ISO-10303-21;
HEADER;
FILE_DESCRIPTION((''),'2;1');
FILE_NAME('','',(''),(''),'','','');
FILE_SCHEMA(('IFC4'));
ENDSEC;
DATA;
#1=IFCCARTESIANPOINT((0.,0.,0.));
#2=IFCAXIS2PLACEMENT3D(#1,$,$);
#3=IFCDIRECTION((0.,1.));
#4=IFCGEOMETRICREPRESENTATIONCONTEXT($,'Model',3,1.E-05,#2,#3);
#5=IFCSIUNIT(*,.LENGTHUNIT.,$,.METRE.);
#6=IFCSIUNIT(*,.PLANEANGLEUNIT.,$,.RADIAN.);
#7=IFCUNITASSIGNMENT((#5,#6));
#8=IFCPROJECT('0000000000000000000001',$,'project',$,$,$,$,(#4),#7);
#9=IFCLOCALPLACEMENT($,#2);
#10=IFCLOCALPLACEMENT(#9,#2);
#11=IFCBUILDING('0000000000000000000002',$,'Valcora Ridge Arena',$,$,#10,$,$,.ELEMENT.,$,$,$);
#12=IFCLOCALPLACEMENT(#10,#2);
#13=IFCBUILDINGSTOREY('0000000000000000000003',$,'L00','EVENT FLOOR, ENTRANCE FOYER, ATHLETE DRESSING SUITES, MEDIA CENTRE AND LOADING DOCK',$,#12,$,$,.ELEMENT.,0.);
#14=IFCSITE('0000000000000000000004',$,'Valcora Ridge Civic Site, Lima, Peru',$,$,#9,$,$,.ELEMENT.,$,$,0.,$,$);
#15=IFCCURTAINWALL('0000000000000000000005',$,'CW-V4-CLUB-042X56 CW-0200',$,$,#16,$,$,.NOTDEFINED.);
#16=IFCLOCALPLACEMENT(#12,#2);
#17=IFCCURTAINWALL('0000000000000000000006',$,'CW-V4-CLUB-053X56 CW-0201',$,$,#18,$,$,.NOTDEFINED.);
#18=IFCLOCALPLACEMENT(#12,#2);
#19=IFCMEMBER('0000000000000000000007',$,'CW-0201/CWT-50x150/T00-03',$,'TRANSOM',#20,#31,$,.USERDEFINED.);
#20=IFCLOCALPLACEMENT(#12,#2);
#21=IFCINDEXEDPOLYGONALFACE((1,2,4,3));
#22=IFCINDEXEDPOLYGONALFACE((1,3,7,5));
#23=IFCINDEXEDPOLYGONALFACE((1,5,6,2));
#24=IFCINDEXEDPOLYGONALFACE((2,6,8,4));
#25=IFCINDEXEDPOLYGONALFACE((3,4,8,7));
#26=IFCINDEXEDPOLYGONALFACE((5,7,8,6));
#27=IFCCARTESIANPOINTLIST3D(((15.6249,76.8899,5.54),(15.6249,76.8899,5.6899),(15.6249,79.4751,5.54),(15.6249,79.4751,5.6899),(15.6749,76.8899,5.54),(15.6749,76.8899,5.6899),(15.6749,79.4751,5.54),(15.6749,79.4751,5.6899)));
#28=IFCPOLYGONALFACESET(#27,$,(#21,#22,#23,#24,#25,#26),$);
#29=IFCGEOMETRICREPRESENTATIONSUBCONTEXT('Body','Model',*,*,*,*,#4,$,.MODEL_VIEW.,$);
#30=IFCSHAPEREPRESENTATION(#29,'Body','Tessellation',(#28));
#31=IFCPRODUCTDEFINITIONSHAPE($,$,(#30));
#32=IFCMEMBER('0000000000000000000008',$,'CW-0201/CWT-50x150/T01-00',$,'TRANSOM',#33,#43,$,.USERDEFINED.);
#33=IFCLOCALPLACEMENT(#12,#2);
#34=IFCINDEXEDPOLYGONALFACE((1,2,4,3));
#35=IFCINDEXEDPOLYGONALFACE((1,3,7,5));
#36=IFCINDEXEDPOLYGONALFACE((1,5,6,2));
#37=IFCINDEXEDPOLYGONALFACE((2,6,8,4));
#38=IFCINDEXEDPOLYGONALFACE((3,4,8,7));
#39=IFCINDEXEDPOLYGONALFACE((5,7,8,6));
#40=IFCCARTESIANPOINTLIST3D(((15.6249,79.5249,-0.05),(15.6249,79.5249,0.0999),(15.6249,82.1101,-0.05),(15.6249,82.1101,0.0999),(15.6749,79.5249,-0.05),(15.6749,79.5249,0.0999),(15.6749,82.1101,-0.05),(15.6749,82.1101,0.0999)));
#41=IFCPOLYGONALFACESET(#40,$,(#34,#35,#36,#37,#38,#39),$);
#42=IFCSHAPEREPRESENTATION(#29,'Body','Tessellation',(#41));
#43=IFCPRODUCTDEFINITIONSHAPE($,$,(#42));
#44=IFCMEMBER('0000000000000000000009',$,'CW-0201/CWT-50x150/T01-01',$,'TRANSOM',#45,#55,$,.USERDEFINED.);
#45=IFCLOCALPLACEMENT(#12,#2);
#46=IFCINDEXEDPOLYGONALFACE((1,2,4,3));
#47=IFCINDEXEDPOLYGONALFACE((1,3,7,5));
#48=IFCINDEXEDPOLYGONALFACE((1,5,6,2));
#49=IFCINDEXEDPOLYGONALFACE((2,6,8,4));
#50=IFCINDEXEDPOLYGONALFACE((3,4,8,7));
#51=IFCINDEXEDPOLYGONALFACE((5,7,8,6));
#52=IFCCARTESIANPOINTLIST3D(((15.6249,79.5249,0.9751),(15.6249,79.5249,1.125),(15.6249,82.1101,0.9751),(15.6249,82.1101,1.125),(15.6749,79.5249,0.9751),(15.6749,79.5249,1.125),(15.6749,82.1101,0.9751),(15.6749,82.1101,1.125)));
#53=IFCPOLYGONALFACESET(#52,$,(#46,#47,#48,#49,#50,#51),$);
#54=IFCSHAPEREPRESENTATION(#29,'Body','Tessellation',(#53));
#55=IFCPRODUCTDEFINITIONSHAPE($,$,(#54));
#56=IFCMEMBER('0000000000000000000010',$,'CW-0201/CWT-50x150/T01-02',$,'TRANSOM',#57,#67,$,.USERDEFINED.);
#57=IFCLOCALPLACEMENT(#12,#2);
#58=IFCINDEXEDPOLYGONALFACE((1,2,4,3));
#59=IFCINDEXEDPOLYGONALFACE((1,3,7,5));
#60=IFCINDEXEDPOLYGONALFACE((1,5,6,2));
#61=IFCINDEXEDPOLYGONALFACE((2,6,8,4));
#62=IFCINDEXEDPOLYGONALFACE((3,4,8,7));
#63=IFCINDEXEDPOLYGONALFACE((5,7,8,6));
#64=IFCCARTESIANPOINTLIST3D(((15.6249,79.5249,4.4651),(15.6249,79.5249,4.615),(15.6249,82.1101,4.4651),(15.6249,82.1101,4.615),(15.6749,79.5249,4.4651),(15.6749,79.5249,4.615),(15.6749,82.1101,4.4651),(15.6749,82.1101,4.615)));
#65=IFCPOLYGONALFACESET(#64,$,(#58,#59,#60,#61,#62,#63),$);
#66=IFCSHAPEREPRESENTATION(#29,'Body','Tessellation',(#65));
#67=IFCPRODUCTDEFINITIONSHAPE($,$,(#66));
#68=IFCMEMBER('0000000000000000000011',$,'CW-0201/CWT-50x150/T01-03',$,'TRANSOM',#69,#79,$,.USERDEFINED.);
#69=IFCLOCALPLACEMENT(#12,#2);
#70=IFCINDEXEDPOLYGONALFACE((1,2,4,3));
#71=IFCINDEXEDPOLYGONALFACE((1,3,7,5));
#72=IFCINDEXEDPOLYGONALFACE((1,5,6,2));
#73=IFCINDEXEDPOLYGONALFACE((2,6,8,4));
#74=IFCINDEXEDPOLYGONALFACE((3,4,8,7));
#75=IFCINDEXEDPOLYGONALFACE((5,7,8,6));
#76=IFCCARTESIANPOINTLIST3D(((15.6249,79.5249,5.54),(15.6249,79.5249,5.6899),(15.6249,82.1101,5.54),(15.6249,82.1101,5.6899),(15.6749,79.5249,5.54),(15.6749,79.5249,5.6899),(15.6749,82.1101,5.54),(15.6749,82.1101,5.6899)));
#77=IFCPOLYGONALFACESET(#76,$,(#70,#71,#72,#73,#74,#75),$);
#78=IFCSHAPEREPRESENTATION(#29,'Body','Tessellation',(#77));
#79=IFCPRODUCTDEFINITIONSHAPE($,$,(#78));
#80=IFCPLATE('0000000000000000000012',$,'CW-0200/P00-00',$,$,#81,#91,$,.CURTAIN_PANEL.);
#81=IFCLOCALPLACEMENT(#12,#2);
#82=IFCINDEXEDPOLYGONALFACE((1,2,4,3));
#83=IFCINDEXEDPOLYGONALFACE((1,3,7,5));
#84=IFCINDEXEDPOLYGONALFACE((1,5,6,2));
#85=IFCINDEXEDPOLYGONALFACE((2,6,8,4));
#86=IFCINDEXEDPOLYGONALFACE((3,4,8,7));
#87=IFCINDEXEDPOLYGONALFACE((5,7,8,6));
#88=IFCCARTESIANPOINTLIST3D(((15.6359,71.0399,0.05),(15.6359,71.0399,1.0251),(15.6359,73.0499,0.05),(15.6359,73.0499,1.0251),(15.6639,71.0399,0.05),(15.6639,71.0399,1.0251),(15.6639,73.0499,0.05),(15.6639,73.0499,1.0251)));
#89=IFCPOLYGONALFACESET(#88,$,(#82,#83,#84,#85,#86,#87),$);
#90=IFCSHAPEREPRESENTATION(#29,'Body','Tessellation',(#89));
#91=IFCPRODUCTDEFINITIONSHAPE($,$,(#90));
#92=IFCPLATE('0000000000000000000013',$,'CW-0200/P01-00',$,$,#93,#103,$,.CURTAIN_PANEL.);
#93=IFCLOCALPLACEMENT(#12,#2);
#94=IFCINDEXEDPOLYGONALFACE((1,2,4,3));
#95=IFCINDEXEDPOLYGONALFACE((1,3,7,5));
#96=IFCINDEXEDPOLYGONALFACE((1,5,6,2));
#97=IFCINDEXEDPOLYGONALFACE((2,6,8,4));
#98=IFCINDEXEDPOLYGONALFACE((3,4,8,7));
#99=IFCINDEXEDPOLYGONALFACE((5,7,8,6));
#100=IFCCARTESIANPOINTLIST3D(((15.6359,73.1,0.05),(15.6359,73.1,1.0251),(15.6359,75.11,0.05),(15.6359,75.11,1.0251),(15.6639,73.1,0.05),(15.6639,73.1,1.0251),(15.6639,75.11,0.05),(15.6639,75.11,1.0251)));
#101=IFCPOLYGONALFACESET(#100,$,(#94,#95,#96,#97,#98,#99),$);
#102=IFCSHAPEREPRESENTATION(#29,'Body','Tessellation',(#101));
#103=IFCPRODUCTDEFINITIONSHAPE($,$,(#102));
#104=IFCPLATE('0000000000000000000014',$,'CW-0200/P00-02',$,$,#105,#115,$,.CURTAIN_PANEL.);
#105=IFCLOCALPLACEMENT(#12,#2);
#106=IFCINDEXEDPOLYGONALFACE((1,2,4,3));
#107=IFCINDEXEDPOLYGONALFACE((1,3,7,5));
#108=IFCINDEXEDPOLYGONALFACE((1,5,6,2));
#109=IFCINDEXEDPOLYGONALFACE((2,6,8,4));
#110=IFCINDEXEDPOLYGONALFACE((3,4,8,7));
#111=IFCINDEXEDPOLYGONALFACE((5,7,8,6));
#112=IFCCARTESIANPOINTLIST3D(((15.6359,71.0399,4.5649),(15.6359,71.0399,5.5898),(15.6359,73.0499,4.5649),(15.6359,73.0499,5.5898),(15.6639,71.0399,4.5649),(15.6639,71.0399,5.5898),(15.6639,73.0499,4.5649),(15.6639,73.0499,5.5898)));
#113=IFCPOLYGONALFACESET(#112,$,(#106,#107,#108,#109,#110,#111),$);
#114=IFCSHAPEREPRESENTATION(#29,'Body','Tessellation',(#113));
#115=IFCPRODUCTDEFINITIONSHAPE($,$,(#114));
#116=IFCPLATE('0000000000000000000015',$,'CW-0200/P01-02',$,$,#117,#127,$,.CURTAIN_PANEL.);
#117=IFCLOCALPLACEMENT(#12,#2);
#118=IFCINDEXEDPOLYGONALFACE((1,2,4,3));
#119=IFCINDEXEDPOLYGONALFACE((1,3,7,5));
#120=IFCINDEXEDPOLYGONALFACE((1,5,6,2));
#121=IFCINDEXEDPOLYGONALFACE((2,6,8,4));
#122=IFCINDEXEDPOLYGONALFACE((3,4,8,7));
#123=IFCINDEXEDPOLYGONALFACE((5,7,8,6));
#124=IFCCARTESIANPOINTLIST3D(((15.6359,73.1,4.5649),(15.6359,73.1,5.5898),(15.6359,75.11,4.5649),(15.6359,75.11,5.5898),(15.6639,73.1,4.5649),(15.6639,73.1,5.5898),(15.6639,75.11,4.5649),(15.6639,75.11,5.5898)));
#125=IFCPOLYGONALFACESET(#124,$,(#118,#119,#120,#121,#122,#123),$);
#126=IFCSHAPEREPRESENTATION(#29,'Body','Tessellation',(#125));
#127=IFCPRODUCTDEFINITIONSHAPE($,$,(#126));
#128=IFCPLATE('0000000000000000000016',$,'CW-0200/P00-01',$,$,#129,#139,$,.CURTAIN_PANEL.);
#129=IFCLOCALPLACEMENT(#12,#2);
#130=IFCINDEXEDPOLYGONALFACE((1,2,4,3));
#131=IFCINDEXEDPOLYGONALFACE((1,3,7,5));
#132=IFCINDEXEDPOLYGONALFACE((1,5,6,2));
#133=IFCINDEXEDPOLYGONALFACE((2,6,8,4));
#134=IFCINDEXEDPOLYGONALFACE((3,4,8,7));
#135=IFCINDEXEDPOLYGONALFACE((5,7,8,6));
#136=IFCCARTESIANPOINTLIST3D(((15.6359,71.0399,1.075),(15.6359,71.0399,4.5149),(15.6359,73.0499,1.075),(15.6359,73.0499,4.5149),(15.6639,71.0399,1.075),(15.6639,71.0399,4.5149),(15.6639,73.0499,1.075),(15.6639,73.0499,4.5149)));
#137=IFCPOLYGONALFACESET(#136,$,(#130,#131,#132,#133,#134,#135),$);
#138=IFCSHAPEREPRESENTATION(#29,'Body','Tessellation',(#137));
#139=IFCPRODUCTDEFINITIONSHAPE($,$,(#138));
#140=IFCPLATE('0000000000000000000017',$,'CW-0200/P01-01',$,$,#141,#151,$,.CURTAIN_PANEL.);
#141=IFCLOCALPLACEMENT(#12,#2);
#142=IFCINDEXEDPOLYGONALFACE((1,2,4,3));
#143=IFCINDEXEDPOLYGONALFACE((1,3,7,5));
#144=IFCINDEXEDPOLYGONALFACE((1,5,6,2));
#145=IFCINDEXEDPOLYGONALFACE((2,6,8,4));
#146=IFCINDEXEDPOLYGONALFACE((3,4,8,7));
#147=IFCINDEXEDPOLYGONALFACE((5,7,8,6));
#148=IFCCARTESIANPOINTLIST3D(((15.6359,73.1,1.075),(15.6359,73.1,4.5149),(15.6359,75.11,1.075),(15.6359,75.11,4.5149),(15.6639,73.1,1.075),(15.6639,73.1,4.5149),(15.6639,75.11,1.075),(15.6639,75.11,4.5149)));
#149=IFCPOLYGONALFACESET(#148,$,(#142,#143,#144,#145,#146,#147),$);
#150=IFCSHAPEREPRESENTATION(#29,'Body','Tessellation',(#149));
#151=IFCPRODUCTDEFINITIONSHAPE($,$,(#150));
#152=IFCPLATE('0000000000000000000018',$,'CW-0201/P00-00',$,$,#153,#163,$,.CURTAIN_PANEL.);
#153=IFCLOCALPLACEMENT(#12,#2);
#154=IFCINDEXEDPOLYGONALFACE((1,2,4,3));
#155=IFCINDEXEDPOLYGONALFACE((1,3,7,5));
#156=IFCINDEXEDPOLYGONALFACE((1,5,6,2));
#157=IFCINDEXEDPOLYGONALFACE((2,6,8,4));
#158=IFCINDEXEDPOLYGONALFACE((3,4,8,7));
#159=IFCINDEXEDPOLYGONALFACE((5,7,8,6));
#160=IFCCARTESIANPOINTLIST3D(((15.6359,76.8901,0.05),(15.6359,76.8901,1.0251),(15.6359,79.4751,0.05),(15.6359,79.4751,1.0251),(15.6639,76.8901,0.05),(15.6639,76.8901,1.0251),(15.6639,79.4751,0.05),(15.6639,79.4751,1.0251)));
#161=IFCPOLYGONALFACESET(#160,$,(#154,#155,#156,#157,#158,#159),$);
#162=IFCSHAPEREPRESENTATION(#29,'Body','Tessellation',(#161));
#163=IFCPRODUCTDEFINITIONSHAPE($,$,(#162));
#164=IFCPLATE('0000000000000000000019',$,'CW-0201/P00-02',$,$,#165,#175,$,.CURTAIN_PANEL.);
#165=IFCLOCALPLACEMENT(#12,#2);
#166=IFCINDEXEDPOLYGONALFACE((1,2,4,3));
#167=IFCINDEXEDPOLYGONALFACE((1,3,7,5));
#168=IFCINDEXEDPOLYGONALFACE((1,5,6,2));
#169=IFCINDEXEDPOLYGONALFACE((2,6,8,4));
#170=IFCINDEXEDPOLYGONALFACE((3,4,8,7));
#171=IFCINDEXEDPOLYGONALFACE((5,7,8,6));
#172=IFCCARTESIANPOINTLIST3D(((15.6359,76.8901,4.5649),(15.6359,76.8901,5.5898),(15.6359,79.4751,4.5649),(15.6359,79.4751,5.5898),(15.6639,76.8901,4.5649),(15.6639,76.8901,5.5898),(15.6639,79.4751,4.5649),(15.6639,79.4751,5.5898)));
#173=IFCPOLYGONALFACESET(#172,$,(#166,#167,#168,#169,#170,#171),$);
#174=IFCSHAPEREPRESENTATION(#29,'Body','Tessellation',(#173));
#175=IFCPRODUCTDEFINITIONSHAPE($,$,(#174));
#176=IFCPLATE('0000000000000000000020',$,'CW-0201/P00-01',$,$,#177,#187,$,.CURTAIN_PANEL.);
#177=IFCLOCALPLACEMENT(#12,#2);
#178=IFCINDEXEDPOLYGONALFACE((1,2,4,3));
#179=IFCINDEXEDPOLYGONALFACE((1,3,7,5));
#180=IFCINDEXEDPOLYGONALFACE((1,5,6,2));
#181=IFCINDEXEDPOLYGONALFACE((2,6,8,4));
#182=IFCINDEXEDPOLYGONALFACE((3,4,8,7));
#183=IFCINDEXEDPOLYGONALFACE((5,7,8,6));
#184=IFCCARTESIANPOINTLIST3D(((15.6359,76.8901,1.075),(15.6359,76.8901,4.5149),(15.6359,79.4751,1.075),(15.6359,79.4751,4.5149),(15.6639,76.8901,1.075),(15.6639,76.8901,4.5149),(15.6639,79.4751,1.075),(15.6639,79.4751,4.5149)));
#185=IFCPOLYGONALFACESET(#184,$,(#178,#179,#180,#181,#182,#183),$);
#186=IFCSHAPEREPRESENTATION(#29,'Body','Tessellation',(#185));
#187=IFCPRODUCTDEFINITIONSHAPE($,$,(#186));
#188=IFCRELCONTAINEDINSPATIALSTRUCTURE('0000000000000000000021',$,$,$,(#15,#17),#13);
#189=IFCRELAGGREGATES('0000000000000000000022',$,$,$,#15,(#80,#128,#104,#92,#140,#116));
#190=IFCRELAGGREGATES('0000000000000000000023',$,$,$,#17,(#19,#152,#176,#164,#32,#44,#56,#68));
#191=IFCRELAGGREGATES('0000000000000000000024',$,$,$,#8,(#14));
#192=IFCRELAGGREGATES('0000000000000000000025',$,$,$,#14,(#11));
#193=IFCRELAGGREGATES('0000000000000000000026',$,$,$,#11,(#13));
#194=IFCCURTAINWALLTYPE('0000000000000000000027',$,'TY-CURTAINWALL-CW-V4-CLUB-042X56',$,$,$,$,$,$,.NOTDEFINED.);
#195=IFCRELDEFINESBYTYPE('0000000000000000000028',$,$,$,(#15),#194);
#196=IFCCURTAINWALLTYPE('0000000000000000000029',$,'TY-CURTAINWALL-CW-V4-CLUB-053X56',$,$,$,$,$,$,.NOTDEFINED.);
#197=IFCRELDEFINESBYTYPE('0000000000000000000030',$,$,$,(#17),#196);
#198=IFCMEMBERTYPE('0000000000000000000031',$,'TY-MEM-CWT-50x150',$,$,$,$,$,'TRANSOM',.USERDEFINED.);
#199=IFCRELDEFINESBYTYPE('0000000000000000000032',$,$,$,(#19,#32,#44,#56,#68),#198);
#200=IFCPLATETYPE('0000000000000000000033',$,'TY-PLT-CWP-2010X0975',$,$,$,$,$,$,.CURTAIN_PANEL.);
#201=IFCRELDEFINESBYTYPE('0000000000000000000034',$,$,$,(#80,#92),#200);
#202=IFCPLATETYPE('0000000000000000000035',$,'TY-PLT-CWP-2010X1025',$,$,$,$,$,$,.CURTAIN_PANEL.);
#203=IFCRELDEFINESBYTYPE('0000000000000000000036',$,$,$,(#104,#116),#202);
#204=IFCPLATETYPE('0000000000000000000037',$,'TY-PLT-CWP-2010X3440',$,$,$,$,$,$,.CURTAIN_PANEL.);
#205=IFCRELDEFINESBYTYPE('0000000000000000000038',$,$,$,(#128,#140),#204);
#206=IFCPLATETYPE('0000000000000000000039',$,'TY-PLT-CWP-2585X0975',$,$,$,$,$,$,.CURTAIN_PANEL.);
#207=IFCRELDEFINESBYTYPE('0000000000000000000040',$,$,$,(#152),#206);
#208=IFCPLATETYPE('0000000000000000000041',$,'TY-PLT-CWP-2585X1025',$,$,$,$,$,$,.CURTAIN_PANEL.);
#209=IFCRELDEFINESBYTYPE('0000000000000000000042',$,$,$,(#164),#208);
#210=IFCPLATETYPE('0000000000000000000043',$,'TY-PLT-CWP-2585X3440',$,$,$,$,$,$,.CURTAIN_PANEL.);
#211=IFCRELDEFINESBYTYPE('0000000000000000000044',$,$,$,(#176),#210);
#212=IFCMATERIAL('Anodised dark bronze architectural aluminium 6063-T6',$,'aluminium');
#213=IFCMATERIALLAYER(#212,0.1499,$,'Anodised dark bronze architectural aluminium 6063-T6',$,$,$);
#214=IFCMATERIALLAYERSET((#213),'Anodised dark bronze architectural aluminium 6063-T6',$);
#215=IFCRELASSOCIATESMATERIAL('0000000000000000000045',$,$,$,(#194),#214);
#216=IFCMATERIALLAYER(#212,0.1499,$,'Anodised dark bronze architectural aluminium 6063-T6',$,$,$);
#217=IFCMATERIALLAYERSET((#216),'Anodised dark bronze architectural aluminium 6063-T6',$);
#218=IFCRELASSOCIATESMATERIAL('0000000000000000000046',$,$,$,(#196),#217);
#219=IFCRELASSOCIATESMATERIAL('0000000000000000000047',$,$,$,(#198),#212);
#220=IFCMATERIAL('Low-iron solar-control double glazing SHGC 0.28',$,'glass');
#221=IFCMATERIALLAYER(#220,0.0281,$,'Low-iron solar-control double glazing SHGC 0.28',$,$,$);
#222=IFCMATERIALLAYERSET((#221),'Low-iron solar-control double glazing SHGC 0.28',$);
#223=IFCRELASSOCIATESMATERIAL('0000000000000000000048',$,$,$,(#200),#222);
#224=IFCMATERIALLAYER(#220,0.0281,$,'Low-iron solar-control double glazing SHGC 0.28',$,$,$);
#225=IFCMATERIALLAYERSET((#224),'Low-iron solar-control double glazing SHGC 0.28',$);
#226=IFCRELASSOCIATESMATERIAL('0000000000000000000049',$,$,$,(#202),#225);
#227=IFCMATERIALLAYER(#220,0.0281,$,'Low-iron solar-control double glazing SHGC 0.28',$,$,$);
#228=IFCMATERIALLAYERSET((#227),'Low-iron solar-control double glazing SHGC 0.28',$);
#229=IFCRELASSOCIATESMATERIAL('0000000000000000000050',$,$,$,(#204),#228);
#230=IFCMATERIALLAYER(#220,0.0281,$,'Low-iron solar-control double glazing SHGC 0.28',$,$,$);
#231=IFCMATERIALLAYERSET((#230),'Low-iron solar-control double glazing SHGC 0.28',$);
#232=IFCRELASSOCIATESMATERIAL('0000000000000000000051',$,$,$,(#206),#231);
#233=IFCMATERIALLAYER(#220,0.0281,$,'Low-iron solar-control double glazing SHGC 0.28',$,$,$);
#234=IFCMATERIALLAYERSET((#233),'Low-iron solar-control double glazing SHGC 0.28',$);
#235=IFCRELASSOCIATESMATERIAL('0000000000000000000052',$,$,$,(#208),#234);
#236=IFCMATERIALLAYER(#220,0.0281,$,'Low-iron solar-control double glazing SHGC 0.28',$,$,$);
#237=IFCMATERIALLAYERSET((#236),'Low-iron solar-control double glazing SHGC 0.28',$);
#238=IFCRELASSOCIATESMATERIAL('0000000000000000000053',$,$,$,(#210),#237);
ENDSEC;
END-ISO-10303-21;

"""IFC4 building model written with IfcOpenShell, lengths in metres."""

from ifc_helpers import new_model, si_unit, direction, frame, origin, origin_2d, place, context, subcontext, project, spatial, rectangle, extrude, material, layer, layer_set, material_profile, profile_set, type_object, element, aggregate, save


model = new_model("IFC4")

# Units and contexts
model_context = context("Model", 3, precision=1e-05, world=origin(), true_north=direction((0.0, 1.0)))
body_context = subcontext(model_context, "Body", "Model", "MODEL_VIEW")
ifc_project = project(units=[si_unit("LENGTHUNIT", "METRE"), si_unit("PLANEANGLEUNIT", "RADIAN")], contexts=[model_context])

# Site, building, storey
site_placement = place(None, origin())
site = spatial("IfcSite", under=ifc_project, at=site_placement, Name="Valcora Ridge Civic Site, Lima, Peru", CompositionType="ELEMENT", RefElevation=0.0)
building_placement = place(site_placement, origin())
building = spatial("IfcBuilding", under=site, at=building_placement, Name="Valcora Ridge Arena", CompositionType="ELEMENT")
storey_placement = place(building_placement, origin())
storey = spatial("IfcBuildingStorey", under=building, at=storey_placement, Name="L00", Description="EVENT FLOOR, ENTRANCE FOYER, ATHLETE DRESSING SUITES, MEDIA CENTRE AND LOADING DOCK", CompositionType="ELEMENT", Elevation=0.0)

# Curtain walls
ifc_material_1 = material(Name="Anodised dark bronze architectural aluminium 6063-T6", Category="aluminium")
ifc_layer_1 = layer(ifc_material_1, 0.1499, Name="Anodised dark bronze architectural aluminium 6063-T6")
ifc_layer_set_1 = layer_set([ifc_layer_1], Name="Anodised dark bronze architectural aluminium 6063-T6")
curtain_wall_type_1 = type_object("IfcCurtainWallType", Name="TY-CURTAINWALL-CW-V4-CLUB-042X56", PredefinedType="NOTDEFINED", material=ifc_layer_set_1)
curtain_wall_1_placement = place(storey_placement, origin())
curtain_wall_1 = element("IfcCurtainWall", 1, at=curtain_wall_1_placement, inside=storey, type_object=curtain_wall_type_1, Name="CW-V4-CLUB-042X56 CW-0200", PredefinedType="NOTDEFINED")
ifc_layer_2 = layer(ifc_material_1, 0.1499, Name="Anodised dark bronze architectural aluminium 6063-T6")
ifc_layer_set_2 = layer_set([ifc_layer_2], Name="Anodised dark bronze architectural aluminium 6063-T6")
curtain_wall_type_2 = type_object("IfcCurtainWallType", Name="TY-CURTAINWALL-CW-V4-CLUB-053X56", PredefinedType="NOTDEFINED", material=ifc_layer_set_2)
curtain_wall_2_placement = place(storey_placement, origin())
curtain_wall_2 = element("IfcCurtainWall", 2, at=curtain_wall_2_placement, inside=storey, type_object=curtain_wall_type_2, Name="CW-V4-CLUB-053X56 CW-0201", PredefinedType="NOTDEFINED")

# Members
ifc_material_profile_1 = material_profile(ifc_material_1, rectangle(XDim=0.05, YDim=0.1499, at=origin_2d()), Name="ALU TRANSOM 50x150")
ifc_profile_set_1 = profile_set([ifc_material_profile_1], Name="Anodised dark bronze architectural aluminium 6063-T6")
member_type_1 = type_object("IfcMemberType", Name="TY-MEM-CWT-50x150", ElementType="TRANSOM", PredefinedType="USERDEFINED", material=ifc_profile_set_1)
member_1_placement = place(storey_placement, frame((15.6499, 76.8899, 5.615), z_axis=(0.0, 1.0, 0.0), x_axis=(-1.0, 0.0, 0.0)))
member_1 = element("IfcMember", 3, at=member_1_placement, type_object=member_type_1, Name="CW-0201/CWT-50x150/T00-03", ObjectType="TRANSOM", PredefinedType="USERDEFINED", context=body_context, shape_type="SweptSolid", body=[
    extrude(rectangle(XDim=0.05, YDim=0.1499, at=origin_2d()), origin(), (0.0, 0.0, 1.0), 2.5852),
])
member_2_placement = place(storey_placement, frame((15.6499, 79.5249, 0.0249), z_axis=(0.0, 1.0, 0.0), x_axis=(-1.0, 0.0, 0.0)))
member_2 = element("IfcMember", 4, at=member_2_placement, type_object=member_type_1, Name="CW-0201/CWT-50x150/T01-00", ObjectType="TRANSOM", PredefinedType="USERDEFINED", context=body_context, shape_type="SweptSolid", body=[
    extrude(rectangle(XDim=0.05, YDim=0.1499, at=origin_2d()), origin(), (0.0, 0.0, 1.0), 2.5852),
])
member_3_placement = place(storey_placement, frame((15.6499, 79.5249, 1.05), z_axis=(0.0, 1.0, 0.0), x_axis=(-1.0, 0.0, 0.0)))
member_3 = element("IfcMember", 5, at=member_3_placement, type_object=member_type_1, Name="CW-0201/CWT-50x150/T01-01", ObjectType="TRANSOM", PredefinedType="USERDEFINED", context=body_context, shape_type="SweptSolid", body=[
    extrude(rectangle(XDim=0.05, YDim=0.1499, at=origin_2d()), origin(), (0.0, 0.0, 1.0), 2.5852),
])
member_4_placement = place(storey_placement, frame((15.6499, 79.5249, 4.54), z_axis=(0.0, 1.0, 0.0), x_axis=(-1.0, 0.0, 0.0)))
member_4 = element("IfcMember", 6, at=member_4_placement, type_object=member_type_1, Name="CW-0201/CWT-50x150/T01-02", ObjectType="TRANSOM", PredefinedType="USERDEFINED", context=body_context, shape_type="SweptSolid", body=[
    extrude(rectangle(XDim=0.05, YDim=0.1499, at=origin_2d()), origin(), (0.0, 0.0, 1.0), 2.5852),
])
member_5_placement = place(storey_placement, frame((15.6499, 79.5249, 5.615), z_axis=(0.0, 1.0, 0.0), x_axis=(-1.0, 0.0, 0.0)))
member_5 = element("IfcMember", 7, at=member_5_placement, type_object=member_type_1, Name="CW-0201/CWT-50x150/T01-03", ObjectType="TRANSOM", PredefinedType="USERDEFINED", context=body_context, shape_type="SweptSolid", body=[
    extrude(rectangle(XDim=0.05, YDim=0.1499, at=origin_2d()), origin(), (0.0, 0.0, 1.0), 2.5852),
])

# Plates
ifc_material_2 = material(Name="Low-iron solar-control double glazing SHGC 0.28", Category="glass")
ifc_layer_3 = layer(ifc_material_2, 0.0281, Name="Low-iron solar-control double glazing SHGC 0.28")
ifc_layer_set_3 = layer_set([ifc_layer_3], Name="Low-iron solar-control double glazing SHGC 0.28")
plate_type_1 = type_object("IfcPlateType", Name="TY-PLT-CWP-2010X0975", PredefinedType="CURTAIN_PANEL", material=ifc_layer_set_3)
plate_1_placement = place(storey_placement, frame((15.6499, 72.0449, 0.05), z_axis=(0.0, 0.0, 1.0), x_axis=(0.0, 1.0, 0.0)))
plate_1 = element("IfcPlate", 8, at=plate_1_placement, type_object=plate_type_1, Name="CW-0200/P00-00", PredefinedType="CURTAIN_PANEL", context=body_context, shape_type="SweptSolid", body=[
    extrude(rectangle(XDim=2.01, YDim=0.0281, at=origin_2d()), origin(), (0.0, 0.0, 1.0), 0.9751),
])
plate_2_placement = place(storey_placement, frame((15.6499, 74.105, 0.05), z_axis=(0.0, 0.0, 1.0), x_axis=(0.0, 1.0, 0.0)))
plate_2 = element("IfcPlate", 9, at=plate_2_placement, type_object=plate_type_1, Name="CW-0200/P01-00", PredefinedType="CURTAIN_PANEL", context=body_context, shape_type="SweptSolid", body=[
    extrude(rectangle(XDim=2.01, YDim=0.0281, at=origin_2d()), origin(), (0.0, 0.0, 1.0), 0.9751),
])
ifc_layer_4 = layer(ifc_material_2, 0.0281, Name="Low-iron solar-control double glazing SHGC 0.28")
ifc_layer_set_4 = layer_set([ifc_layer_4], Name="Low-iron solar-control double glazing SHGC 0.28")
plate_type_2 = type_object("IfcPlateType", Name="TY-PLT-CWP-2010X1025", PredefinedType="CURTAIN_PANEL", material=ifc_layer_set_4)
plate_3_placement = place(storey_placement, frame((15.6499, 72.0449, 4.5649), z_axis=(0.0, 0.0, 1.0), x_axis=(0.0, 1.0, 0.0)))
plate_3 = element("IfcPlate", 10, at=plate_3_placement, type_object=plate_type_2, Name="CW-0200/P00-02", PredefinedType="CURTAIN_PANEL", context=body_context, shape_type="SweptSolid", body=[
    extrude(rectangle(XDim=2.01, YDim=0.0281, at=origin_2d()), origin(), (0.0, 0.0, 1.0), 1.0249),
])
plate_4_placement = place(storey_placement, frame((15.6499, 74.105, 4.5649), z_axis=(0.0, 0.0, 1.0), x_axis=(0.0, 1.0, 0.0)))
plate_4 = element("IfcPlate", 11, at=plate_4_placement, type_object=plate_type_2, Name="CW-0200/P01-02", PredefinedType="CURTAIN_PANEL", context=body_context, shape_type="SweptSolid", body=[
    extrude(rectangle(XDim=2.01, YDim=0.0281, at=origin_2d()), origin(), (0.0, 0.0, 1.0), 1.0249),
])
ifc_layer_5 = layer(ifc_material_2, 0.0281, Name="Low-iron solar-control double glazing SHGC 0.28")
ifc_layer_set_5 = layer_set([ifc_layer_5], Name="Low-iron solar-control double glazing SHGC 0.28")
plate_type_3 = type_object("IfcPlateType", Name="TY-PLT-CWP-2010X3440", PredefinedType="CURTAIN_PANEL", material=ifc_layer_set_5)
plate_5_placement = place(storey_placement, frame((15.6499, 72.0449, 1.075), z_axis=(0.0, 0.0, 1.0), x_axis=(0.0, 1.0, 0.0)))
plate_5 = element("IfcPlate", 12, at=plate_5_placement, type_object=plate_type_3, Name="CW-0200/P00-01", PredefinedType="CURTAIN_PANEL", context=body_context, shape_type="SweptSolid", body=[
    extrude(rectangle(XDim=2.01, YDim=0.0281, at=origin_2d()), origin(), (0.0, 0.0, 1.0), 3.4399),
])
plate_6_placement = place(storey_placement, frame((15.6499, 74.105, 1.075), z_axis=(0.0, 0.0, 1.0), x_axis=(0.0, 1.0, 0.0)))
plate_6 = element("IfcPlate", 13, at=plate_6_placement, type_object=plate_type_3, Name="CW-0200/P01-01", PredefinedType="CURTAIN_PANEL", context=body_context, shape_type="SweptSolid", body=[
    extrude(rectangle(XDim=2.01, YDim=0.0281, at=origin_2d()), origin(), (0.0, 0.0, 1.0), 3.4399),
])
aggregate(curtain_wall_1, [plate_1, plate_5, plate_3, plate_2, plate_6, plate_4])
ifc_layer_6 = layer(ifc_material_2, 0.0281, Name="Low-iron solar-control double glazing SHGC 0.28")
ifc_layer_set_6 = layer_set([ifc_layer_6], Name="Low-iron solar-control double glazing SHGC 0.28")
plate_type_4 = type_object("IfcPlateType", Name="TY-PLT-CWP-2585X0975", PredefinedType="CURTAIN_PANEL", material=ifc_layer_set_6)
plate_7_placement = place(storey_placement, frame((15.6499, 78.1826, 0.05), z_axis=(0.0, 0.0, 1.0), x_axis=(0.0, 1.0, 0.0)))
plate_7 = element("IfcPlate", 14, at=plate_7_placement, type_object=plate_type_4, Name="CW-0201/P00-00", PredefinedType="CURTAIN_PANEL", context=body_context, shape_type="SweptSolid", body=[
    extrude(rectangle(XDim=2.585, YDim=0.0281, at=origin_2d()), origin(), (0.0, 0.0, 1.0), 0.9751),
])
ifc_layer_7 = layer(ifc_material_2, 0.0281, Name="Low-iron solar-control double glazing SHGC 0.28")
ifc_layer_set_7 = layer_set([ifc_layer_7], Name="Low-iron solar-control double glazing SHGC 0.28")
plate_type_5 = type_object("IfcPlateType", Name="TY-PLT-CWP-2585X1025", PredefinedType="CURTAIN_PANEL", material=ifc_layer_set_7)
plate_8_placement = place(storey_placement, frame((15.6499, 78.1826, 4.5649), z_axis=(0.0, 0.0, 1.0), x_axis=(0.0, 1.0, 0.0)))
plate_8 = element("IfcPlate", 15, at=plate_8_placement, type_object=plate_type_5, Name="CW-0201/P00-02", PredefinedType="CURTAIN_PANEL", context=body_context, shape_type="SweptSolid", body=[
    extrude(rectangle(XDim=2.585, YDim=0.0281, at=origin_2d()), origin(), (0.0, 0.0, 1.0), 1.0249),
])
ifc_layer_8 = layer(ifc_material_2, 0.0281, Name="Low-iron solar-control double glazing SHGC 0.28")
ifc_layer_set_8 = layer_set([ifc_layer_8], Name="Low-iron solar-control double glazing SHGC 0.28")
plate_type_6 = type_object("IfcPlateType", Name="TY-PLT-CWP-2585X3440", PredefinedType="CURTAIN_PANEL", material=ifc_layer_set_8)
plate_9_placement = place(storey_placement, frame((15.6499, 78.1826, 1.075), z_axis=(0.0, 0.0, 1.0), x_axis=(0.0, 1.0, 0.0)))
plate_9 = element("IfcPlate", 16, at=plate_9_placement, type_object=plate_type_6, Name="CW-0201/P00-01", PredefinedType="CURTAIN_PANEL", context=body_context, shape_type="SweptSolid", body=[
    extrude(rectangle(XDim=2.585, YDim=0.0281, at=origin_2d()), origin(), (0.0, 0.0, 1.0), 3.4399),
])
aggregate(curtain_wall_2, [member_1, plate_7, plate_9, plate_8, member_2, member_3, member_4, member_5])

save(model, "model.ifc")
